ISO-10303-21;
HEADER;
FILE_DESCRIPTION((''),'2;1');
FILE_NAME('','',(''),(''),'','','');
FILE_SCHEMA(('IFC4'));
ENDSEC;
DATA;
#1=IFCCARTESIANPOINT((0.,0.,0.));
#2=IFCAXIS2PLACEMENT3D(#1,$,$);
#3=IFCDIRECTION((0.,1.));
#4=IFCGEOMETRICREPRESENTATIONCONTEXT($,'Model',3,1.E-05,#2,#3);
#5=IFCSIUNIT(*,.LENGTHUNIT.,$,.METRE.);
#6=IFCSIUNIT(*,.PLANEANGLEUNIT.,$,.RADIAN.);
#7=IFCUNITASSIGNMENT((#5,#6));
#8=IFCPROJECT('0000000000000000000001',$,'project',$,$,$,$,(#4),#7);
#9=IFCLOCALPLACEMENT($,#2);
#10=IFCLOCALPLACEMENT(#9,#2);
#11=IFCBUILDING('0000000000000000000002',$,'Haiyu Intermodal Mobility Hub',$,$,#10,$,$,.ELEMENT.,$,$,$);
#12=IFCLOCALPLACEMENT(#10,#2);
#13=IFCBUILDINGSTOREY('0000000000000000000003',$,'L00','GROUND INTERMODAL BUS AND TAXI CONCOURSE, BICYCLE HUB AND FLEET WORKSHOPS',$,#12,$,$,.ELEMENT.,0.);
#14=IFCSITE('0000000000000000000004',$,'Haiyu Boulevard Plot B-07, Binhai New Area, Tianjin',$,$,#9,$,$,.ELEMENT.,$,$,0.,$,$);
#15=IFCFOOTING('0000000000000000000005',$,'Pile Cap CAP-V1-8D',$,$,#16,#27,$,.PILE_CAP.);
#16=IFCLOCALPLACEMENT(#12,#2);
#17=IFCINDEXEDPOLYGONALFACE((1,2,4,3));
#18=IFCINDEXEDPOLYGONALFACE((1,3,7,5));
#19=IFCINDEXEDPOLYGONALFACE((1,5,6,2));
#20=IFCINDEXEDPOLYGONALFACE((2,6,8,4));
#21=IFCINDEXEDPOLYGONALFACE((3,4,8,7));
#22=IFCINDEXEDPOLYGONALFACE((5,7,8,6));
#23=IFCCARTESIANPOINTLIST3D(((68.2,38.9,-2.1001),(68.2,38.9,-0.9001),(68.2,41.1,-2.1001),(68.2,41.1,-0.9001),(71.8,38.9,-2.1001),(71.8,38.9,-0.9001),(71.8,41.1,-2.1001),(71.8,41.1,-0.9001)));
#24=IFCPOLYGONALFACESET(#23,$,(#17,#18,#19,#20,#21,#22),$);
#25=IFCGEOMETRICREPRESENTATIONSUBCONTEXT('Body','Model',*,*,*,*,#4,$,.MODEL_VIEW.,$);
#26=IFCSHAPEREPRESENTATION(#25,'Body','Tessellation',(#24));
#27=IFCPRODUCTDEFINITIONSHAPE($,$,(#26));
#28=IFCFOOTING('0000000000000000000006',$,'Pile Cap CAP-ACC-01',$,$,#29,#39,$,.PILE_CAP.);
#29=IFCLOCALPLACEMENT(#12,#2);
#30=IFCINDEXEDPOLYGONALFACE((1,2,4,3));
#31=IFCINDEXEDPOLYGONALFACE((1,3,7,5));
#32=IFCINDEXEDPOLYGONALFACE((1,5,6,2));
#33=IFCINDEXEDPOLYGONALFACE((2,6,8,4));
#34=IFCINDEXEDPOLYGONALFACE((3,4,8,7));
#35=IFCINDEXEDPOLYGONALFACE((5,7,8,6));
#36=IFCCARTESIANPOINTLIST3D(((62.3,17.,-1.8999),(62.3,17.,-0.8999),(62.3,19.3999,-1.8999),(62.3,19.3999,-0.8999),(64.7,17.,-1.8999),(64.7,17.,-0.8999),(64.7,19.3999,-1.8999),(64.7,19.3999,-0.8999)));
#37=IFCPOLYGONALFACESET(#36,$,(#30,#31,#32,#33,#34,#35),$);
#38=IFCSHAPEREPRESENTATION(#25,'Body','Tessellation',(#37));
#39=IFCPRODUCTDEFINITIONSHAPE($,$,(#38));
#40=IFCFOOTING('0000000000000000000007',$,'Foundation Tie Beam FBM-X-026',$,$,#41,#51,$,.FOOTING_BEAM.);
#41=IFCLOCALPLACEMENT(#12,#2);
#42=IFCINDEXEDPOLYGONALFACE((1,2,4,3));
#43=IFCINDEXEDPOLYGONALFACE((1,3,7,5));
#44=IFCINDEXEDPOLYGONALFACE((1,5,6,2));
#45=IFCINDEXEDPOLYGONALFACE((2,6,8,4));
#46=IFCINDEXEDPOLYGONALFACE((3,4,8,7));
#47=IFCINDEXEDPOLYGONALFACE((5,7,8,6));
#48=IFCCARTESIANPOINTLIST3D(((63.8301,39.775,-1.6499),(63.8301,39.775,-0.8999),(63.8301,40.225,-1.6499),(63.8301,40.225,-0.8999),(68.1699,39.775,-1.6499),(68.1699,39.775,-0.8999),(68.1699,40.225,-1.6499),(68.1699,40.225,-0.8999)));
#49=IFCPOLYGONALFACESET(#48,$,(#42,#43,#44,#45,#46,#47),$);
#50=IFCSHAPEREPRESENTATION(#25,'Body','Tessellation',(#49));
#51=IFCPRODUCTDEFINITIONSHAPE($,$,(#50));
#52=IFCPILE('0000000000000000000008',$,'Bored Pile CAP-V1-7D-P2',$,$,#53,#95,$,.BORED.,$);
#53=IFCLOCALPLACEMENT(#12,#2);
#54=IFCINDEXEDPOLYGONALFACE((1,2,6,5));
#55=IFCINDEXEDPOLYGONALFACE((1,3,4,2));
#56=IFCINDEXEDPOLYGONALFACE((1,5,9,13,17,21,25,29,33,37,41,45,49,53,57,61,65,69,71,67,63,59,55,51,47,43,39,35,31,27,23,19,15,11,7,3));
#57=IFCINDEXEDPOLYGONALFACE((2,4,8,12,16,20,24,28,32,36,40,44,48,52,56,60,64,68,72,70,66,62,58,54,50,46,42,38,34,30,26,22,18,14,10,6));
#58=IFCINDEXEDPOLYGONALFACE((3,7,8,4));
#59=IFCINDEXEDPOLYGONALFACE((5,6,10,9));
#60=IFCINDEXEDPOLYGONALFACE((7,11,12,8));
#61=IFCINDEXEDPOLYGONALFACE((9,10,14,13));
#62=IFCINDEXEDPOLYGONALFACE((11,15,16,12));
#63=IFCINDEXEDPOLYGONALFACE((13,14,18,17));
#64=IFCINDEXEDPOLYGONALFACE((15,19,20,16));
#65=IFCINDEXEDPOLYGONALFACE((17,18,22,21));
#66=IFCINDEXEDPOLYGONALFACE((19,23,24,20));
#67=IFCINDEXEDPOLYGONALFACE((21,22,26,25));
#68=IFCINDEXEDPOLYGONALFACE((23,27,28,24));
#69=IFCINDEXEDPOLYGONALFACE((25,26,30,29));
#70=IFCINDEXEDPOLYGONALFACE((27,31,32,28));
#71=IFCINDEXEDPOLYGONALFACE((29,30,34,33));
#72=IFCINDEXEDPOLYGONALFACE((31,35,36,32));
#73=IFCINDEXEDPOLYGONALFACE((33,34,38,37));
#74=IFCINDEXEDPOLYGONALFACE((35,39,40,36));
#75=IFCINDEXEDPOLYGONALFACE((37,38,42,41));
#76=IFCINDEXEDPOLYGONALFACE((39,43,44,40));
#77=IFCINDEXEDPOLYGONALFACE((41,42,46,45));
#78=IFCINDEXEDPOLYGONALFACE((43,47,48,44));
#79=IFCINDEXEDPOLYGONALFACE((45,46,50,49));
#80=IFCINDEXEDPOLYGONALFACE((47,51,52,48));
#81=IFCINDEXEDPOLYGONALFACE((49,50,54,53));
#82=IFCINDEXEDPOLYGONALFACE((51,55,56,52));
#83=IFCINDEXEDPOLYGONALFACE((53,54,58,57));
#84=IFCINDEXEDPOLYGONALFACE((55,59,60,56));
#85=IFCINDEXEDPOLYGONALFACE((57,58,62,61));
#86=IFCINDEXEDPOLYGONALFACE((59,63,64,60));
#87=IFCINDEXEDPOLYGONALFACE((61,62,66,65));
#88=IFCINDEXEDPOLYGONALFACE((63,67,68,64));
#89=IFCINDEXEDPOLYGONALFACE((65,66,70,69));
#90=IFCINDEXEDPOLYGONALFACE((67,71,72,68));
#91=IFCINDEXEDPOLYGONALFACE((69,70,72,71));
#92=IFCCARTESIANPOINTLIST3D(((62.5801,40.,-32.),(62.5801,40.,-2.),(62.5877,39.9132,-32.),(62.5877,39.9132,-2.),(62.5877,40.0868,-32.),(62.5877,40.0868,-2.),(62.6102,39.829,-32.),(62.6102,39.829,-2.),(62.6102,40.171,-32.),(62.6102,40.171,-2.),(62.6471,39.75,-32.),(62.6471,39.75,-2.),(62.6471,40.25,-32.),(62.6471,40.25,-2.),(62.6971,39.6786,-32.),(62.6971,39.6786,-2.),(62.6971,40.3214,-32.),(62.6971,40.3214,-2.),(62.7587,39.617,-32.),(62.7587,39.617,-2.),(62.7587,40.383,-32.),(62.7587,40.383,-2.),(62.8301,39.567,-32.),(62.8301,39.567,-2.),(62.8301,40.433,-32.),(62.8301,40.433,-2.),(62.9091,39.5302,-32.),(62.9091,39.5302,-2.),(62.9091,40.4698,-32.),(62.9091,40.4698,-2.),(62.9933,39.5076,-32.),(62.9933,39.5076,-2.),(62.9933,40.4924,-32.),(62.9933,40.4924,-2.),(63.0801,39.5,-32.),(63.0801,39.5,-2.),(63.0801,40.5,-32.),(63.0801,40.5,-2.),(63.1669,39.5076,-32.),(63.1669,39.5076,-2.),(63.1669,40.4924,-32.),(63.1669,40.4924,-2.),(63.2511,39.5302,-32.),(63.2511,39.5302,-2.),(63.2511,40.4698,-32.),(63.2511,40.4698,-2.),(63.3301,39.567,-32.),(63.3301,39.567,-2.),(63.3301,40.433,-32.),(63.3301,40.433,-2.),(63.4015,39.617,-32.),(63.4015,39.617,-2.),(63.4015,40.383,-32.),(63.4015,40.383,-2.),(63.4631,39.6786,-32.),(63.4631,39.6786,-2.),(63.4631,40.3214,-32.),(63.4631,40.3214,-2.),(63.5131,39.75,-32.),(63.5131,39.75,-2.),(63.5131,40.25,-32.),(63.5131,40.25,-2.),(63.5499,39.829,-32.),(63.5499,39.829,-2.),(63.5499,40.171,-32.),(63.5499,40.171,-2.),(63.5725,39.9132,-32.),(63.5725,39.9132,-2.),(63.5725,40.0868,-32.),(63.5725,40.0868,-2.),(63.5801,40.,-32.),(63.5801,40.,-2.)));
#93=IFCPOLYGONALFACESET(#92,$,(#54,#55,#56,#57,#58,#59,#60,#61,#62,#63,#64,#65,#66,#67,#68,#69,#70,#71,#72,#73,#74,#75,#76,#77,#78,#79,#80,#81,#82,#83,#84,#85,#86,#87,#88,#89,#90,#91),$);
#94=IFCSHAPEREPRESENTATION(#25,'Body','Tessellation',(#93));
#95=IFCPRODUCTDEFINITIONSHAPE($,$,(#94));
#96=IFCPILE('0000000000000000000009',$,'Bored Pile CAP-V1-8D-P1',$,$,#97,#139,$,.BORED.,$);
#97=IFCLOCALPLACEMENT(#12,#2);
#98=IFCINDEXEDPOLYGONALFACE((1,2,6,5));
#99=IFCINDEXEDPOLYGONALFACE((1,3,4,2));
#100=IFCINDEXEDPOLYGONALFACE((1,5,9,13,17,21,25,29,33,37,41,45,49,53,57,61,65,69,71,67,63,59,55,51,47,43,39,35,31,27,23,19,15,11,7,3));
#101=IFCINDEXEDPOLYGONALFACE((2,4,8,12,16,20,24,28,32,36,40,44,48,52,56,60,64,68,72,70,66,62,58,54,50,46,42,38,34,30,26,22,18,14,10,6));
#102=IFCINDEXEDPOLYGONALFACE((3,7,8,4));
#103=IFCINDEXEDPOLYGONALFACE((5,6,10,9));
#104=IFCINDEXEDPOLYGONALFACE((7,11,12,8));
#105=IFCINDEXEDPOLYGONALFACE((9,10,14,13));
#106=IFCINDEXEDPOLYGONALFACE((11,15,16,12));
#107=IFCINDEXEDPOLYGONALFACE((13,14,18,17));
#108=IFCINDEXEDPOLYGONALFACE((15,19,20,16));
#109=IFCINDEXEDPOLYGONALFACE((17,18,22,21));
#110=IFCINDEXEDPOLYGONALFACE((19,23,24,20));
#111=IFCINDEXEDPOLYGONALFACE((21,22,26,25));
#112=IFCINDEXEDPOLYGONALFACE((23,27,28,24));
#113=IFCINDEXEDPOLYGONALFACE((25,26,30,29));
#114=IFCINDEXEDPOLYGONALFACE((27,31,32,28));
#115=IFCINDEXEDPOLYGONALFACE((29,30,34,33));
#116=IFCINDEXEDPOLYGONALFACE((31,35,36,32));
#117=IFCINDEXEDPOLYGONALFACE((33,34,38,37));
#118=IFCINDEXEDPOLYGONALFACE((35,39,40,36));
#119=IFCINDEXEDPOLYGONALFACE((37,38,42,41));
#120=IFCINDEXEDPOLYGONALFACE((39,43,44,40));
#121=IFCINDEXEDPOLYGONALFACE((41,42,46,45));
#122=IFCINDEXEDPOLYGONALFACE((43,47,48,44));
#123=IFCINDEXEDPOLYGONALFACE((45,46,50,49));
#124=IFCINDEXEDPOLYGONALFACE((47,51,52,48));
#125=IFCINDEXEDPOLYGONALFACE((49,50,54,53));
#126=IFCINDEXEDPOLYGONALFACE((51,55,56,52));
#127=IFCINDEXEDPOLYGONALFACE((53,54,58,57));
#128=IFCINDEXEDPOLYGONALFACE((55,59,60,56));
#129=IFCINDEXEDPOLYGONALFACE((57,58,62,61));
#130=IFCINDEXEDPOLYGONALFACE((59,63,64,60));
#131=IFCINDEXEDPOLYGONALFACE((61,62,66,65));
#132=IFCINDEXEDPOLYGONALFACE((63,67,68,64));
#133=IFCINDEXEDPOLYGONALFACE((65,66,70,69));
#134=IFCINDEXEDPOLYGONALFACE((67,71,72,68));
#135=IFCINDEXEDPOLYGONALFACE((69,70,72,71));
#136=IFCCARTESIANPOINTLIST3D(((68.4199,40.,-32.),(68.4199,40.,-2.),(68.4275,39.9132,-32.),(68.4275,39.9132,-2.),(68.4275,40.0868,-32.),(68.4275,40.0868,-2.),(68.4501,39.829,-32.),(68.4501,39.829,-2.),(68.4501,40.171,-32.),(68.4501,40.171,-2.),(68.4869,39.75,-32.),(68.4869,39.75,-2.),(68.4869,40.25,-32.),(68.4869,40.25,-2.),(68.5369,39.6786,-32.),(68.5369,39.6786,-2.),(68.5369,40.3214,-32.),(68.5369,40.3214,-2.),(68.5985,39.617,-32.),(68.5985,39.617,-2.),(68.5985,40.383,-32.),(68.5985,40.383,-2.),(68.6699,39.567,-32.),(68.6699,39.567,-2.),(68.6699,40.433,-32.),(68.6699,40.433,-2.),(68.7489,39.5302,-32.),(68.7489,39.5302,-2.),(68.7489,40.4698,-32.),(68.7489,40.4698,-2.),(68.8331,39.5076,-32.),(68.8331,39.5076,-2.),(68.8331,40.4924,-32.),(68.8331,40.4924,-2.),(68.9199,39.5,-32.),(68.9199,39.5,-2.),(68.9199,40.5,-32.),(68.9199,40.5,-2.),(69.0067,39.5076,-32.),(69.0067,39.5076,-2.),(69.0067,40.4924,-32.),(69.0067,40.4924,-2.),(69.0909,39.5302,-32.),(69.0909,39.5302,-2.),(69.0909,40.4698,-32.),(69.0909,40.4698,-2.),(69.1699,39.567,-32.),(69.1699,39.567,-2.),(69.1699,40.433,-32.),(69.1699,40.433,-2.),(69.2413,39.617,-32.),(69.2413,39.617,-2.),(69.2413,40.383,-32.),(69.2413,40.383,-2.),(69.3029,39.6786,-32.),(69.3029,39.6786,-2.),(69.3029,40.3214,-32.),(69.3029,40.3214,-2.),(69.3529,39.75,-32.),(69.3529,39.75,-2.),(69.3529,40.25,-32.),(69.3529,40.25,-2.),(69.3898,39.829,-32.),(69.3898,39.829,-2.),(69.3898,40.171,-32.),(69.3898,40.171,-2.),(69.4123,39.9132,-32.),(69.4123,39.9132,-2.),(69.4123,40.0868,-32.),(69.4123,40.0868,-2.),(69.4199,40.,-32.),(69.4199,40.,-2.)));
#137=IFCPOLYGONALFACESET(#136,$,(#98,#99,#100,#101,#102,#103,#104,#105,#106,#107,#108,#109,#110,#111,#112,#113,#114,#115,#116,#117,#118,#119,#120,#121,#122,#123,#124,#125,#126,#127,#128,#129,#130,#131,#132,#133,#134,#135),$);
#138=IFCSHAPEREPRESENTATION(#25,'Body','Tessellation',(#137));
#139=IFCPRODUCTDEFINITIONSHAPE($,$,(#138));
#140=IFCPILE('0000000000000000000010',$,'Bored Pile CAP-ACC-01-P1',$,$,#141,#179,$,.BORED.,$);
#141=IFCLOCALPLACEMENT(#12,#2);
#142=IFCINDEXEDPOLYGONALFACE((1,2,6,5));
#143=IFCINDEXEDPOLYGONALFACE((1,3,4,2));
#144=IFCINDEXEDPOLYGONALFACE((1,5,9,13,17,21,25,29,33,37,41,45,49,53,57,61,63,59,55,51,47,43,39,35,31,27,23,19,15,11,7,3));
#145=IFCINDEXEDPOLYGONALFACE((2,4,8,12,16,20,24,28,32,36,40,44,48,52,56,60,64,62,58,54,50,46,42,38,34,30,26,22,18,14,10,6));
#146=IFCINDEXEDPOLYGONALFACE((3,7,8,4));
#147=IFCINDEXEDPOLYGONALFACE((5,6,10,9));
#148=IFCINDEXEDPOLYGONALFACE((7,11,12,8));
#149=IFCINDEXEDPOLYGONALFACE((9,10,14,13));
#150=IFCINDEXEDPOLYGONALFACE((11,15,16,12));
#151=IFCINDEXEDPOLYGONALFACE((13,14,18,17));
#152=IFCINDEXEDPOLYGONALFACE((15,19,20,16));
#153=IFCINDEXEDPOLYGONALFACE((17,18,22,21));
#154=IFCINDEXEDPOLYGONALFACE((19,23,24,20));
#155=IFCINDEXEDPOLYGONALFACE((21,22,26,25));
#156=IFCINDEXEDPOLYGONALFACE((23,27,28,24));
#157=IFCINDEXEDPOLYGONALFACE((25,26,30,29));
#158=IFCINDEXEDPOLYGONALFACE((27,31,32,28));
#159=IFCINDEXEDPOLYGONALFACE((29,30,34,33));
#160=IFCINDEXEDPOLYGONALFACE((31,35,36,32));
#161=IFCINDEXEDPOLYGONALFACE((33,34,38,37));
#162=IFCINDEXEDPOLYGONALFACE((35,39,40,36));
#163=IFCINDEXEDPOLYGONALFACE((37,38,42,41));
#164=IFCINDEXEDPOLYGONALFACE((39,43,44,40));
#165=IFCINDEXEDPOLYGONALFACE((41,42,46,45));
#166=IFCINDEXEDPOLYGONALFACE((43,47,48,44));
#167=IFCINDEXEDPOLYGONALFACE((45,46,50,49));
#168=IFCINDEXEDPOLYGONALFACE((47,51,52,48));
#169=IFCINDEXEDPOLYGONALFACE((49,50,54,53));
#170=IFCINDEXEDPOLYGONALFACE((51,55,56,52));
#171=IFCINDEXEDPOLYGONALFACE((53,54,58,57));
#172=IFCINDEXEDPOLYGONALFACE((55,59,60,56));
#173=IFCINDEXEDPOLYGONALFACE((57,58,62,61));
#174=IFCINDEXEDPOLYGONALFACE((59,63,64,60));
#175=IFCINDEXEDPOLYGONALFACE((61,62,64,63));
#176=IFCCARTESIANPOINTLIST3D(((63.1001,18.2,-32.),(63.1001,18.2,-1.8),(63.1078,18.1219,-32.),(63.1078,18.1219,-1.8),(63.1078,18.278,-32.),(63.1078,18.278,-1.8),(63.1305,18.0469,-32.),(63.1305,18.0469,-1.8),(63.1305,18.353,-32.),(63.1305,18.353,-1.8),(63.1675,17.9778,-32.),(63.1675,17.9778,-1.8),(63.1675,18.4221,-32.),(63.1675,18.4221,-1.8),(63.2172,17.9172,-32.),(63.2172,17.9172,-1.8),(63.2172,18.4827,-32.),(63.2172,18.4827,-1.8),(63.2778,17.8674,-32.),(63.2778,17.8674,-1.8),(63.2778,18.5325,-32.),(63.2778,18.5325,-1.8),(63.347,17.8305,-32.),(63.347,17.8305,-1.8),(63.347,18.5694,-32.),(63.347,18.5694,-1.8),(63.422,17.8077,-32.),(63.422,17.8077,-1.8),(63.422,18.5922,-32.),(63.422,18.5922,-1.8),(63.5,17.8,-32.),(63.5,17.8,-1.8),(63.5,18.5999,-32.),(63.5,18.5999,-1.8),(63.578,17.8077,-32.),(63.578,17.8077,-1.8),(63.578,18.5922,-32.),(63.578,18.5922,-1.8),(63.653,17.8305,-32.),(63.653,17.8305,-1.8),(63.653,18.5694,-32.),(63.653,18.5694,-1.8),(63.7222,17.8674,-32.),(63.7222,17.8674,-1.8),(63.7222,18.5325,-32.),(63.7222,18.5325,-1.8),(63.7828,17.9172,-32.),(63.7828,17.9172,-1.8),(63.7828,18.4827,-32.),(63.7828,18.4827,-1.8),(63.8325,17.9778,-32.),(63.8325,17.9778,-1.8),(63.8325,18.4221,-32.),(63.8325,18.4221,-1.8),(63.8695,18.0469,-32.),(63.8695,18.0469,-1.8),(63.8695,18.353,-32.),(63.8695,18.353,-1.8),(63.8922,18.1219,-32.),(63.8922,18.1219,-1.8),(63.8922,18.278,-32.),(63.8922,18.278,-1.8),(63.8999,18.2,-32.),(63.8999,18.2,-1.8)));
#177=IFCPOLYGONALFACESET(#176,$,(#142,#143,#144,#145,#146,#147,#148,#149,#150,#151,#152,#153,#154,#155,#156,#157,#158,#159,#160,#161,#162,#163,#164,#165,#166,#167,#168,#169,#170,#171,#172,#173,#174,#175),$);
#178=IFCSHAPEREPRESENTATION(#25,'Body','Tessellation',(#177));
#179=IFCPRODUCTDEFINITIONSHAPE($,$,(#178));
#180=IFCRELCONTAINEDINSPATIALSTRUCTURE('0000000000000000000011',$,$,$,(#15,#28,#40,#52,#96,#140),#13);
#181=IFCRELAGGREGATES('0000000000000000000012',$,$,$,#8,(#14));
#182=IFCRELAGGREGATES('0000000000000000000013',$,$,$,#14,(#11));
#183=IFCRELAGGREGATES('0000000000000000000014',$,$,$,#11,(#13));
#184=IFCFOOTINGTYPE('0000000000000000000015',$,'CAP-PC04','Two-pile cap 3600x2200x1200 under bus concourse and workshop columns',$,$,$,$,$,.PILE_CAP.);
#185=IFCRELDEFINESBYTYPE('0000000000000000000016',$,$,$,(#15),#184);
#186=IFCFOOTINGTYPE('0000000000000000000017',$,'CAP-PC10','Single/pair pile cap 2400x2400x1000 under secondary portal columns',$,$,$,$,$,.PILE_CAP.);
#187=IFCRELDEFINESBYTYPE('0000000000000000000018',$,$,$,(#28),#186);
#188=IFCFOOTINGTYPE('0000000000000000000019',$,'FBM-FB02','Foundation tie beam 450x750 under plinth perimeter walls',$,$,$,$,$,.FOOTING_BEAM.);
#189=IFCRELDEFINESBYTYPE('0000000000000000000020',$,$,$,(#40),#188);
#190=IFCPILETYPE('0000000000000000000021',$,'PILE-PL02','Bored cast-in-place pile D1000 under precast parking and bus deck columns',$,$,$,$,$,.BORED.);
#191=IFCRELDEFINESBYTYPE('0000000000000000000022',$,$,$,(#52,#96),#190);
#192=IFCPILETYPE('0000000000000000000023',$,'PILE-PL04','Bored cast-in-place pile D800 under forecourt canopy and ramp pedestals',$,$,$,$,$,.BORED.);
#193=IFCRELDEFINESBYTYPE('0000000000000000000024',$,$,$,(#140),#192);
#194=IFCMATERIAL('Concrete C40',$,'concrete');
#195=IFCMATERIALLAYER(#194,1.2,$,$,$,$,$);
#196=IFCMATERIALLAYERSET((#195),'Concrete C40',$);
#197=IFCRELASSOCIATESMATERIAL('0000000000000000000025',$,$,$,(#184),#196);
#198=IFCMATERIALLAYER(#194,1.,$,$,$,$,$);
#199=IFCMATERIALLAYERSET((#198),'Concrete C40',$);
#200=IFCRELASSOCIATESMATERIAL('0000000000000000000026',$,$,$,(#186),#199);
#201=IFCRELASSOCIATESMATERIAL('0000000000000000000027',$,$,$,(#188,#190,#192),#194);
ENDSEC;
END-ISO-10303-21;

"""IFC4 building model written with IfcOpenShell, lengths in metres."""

from ifc_helpers import new_model, si_unit, direction, frame, origin, origin_2d, place, context, subcontext, project, spatial, rectangle, circle, extrude, material, layer, layer_set, material_profile, profile_set, type_object, element, save


model = new_model("IFC4")

# Units and contexts
model_context = context("Model", 3, precision=1e-05, world=origin(), true_north=direction((0.0, 1.0)))
body_context = subcontext(model_context, "Body", "Model", "MODEL_VIEW")
ifc_project = project(units=[si_unit("LENGTHUNIT", "METRE"), si_unit("PLANEANGLEUNIT", "RADIAN")], contexts=[model_context])

# Site, building, storey
site_placement = place(None, origin())
site = spatial("IfcSite", under=ifc_project, at=site_placement, Name="Haiyu Boulevard Plot B-07, Binhai New Area, Tianjin", CompositionType="ELEMENT", RefElevation=0.0)
building_placement = place(site_placement, origin())
building = spatial("IfcBuilding", under=site, at=building_placement, Name="Haiyu Intermodal Mobility Hub", CompositionType="ELEMENT")
storey_placement = place(building_placement, origin())
storey = spatial("IfcBuildingStorey", under=building, at=storey_placement, Name="L00", Description="GROUND INTERMODAL BUS AND TAXI CONCOURSE, BICYCLE HUB AND FLEET WORKSHOPS", CompositionType="ELEMENT", Elevation=0.0)

# Footings
ifc_material_1 = material(Name="Concrete C40", Category="concrete")
ifc_layer_1 = layer(ifc_material_1, 1.2)
ifc_layer_set_1 = layer_set([ifc_layer_1], Name="Concrete C40")
footing_type_1 = type_object("IfcFootingType", Name="CAP-PC04", Description="Two-pile cap 3600x2200x1200 under bus concourse and workshop columns", PredefinedType="PILE_CAP", material=ifc_layer_set_1)
footing_1_placement = place(storey_placement, frame((70.0, 40.0, -2.1001), z_axis=(0.0, 0.0, 1.0), x_axis=(1.0, 0.0, 0.0)))
element("IfcFooting", 1, at=footing_1_placement, inside=storey, type_object=footing_type_1, Name="Pile Cap CAP-V1-8D", PredefinedType="PILE_CAP", context=body_context, shape_type="SweptSolid", body=[
    extrude(rectangle(XDim=3.6001, YDim=2.2, at=origin_2d()), origin(), (0.0, 0.0, 1.0), 1.2),
])
ifc_layer_2 = layer(ifc_material_1, 1.0)
ifc_layer_set_2 = layer_set([ifc_layer_2], Name="Concrete C40")
footing_type_2 = type_object("IfcFootingType", Name="CAP-PC10", Description="Single/pair pile cap 2400x2400x1000 under secondary portal columns", PredefinedType="PILE_CAP", material=ifc_layer_set_2)
footing_2_placement = place(storey_placement, frame((63.5, 18.2, -1.8999), z_axis=(0.0, 0.0, 1.0), x_axis=(1.0, 0.0, 0.0)))
element("IfcFooting", 2, at=footing_2_placement, inside=storey, type_object=footing_type_2, Name="Pile Cap CAP-ACC-01", PredefinedType="PILE_CAP", context=body_context, shape_type="SweptSolid", body=[
    extrude(rectangle(XDim=2.3999, YDim=2.3999, at=origin_2d()), origin(), (0.0, 0.0, 1.0), 1.0),
])
ifc_material_profile_1 = material_profile(ifc_material_1, rectangle(XDim=0.45, YDim=0.75, at=origin_2d()), Name="FB450x750")
ifc_profile_set_1 = profile_set([ifc_material_profile_1], Name="Concrete C40")
footing_type_3 = type_object("IfcFootingType", Name="FBM-FB02", Description="Foundation tie beam 450x750 under plinth perimeter walls", PredefinedType="FOOTING_BEAM", material=ifc_profile_set_1)
footing_3_placement = place(storey_placement, frame((63.8301, 40.0, -1.2749), z_axis=(1.0, 0.0, 0.0), x_axis=(0.0, 1.0, 0.0)))
element("IfcFooting", 3, at=footing_3_placement, inside=storey, type_object=footing_type_3, Name="Foundation Tie Beam FBM-X-026", PredefinedType="FOOTING_BEAM", context=body_context, shape_type="SweptSolid", body=[
    extrude(rectangle(XDim=0.45, YDim=0.75, at=origin_2d()), origin(), (0.0, 0.0, 1.0), 4.3398),
])

# Piles
ifc_material_profile_2 = material_profile(ifc_material_1, circle(Radius=0.5, at=origin_2d()), Name="PILE-D1000")
ifc_profile_set_2 = profile_set([ifc_material_profile_2], Name="Concrete C40")
pile_type_1 = type_object("IfcPileType", Name="PILE-PL02", Description="Bored cast-in-place pile D1000 under precast parking and bus deck columns", PredefinedType="BORED", material=ifc_profile_set_2)
for number, where, z_axis, x_axis, name in (
    (4, (63.0801, 40.0, -2.0), (0.0, 0.0, -1.0), (1.0, 0.0, 0.0), "Bored Pile CAP-V1-7D-P2"),
    (5, (68.9199, 40.0, -2.0), (0.0, 0.0, -1.0), (1.0, 0.0, 0.0), "Bored Pile CAP-V1-8D-P1"),
):
    element("IfcPile", number, at=place(storey_placement, frame(where, z_axis=z_axis, x_axis=x_axis)), inside=storey, type_object=pile_type_1, Name=name, PredefinedType="BORED", context=body_context, shape_type="SweptSolid", body=[
        extrude(circle(Radius=0.5, at=origin_2d()), origin(), (0.0, 0.0, 1.0), 30.0),
    ])
ifc_material_profile_3 = material_profile(ifc_material_1, circle(Radius=0.3999, at=origin_2d()), Name="PILE-D800")
ifc_profile_set_3 = profile_set([ifc_material_profile_3], Name="Concrete C40")
pile_type_2 = type_object("IfcPileType", Name="PILE-PL04", Description="Bored cast-in-place pile D800 under forecourt canopy and ramp pedestals", PredefinedType="BORED", material=ifc_profile_set_3)
pile_placement = place(storey_placement, frame((63.5, 18.2, -1.8), z_axis=(0.0, 0.0, -1.0), x_axis=(1.0, 0.0, 0.0)))
element("IfcPile", 6, at=pile_placement, inside=storey, type_object=pile_type_2, Name="Bored Pile CAP-ACC-01-P1", PredefinedType="BORED", context=body_context, shape_type="SweptSolid", body=[
    extrude(circle(Radius=0.3999, at=origin_2d()), origin(), (0.0, 0.0, 1.0), 30.2),
])

save(model, "model.ifc")
